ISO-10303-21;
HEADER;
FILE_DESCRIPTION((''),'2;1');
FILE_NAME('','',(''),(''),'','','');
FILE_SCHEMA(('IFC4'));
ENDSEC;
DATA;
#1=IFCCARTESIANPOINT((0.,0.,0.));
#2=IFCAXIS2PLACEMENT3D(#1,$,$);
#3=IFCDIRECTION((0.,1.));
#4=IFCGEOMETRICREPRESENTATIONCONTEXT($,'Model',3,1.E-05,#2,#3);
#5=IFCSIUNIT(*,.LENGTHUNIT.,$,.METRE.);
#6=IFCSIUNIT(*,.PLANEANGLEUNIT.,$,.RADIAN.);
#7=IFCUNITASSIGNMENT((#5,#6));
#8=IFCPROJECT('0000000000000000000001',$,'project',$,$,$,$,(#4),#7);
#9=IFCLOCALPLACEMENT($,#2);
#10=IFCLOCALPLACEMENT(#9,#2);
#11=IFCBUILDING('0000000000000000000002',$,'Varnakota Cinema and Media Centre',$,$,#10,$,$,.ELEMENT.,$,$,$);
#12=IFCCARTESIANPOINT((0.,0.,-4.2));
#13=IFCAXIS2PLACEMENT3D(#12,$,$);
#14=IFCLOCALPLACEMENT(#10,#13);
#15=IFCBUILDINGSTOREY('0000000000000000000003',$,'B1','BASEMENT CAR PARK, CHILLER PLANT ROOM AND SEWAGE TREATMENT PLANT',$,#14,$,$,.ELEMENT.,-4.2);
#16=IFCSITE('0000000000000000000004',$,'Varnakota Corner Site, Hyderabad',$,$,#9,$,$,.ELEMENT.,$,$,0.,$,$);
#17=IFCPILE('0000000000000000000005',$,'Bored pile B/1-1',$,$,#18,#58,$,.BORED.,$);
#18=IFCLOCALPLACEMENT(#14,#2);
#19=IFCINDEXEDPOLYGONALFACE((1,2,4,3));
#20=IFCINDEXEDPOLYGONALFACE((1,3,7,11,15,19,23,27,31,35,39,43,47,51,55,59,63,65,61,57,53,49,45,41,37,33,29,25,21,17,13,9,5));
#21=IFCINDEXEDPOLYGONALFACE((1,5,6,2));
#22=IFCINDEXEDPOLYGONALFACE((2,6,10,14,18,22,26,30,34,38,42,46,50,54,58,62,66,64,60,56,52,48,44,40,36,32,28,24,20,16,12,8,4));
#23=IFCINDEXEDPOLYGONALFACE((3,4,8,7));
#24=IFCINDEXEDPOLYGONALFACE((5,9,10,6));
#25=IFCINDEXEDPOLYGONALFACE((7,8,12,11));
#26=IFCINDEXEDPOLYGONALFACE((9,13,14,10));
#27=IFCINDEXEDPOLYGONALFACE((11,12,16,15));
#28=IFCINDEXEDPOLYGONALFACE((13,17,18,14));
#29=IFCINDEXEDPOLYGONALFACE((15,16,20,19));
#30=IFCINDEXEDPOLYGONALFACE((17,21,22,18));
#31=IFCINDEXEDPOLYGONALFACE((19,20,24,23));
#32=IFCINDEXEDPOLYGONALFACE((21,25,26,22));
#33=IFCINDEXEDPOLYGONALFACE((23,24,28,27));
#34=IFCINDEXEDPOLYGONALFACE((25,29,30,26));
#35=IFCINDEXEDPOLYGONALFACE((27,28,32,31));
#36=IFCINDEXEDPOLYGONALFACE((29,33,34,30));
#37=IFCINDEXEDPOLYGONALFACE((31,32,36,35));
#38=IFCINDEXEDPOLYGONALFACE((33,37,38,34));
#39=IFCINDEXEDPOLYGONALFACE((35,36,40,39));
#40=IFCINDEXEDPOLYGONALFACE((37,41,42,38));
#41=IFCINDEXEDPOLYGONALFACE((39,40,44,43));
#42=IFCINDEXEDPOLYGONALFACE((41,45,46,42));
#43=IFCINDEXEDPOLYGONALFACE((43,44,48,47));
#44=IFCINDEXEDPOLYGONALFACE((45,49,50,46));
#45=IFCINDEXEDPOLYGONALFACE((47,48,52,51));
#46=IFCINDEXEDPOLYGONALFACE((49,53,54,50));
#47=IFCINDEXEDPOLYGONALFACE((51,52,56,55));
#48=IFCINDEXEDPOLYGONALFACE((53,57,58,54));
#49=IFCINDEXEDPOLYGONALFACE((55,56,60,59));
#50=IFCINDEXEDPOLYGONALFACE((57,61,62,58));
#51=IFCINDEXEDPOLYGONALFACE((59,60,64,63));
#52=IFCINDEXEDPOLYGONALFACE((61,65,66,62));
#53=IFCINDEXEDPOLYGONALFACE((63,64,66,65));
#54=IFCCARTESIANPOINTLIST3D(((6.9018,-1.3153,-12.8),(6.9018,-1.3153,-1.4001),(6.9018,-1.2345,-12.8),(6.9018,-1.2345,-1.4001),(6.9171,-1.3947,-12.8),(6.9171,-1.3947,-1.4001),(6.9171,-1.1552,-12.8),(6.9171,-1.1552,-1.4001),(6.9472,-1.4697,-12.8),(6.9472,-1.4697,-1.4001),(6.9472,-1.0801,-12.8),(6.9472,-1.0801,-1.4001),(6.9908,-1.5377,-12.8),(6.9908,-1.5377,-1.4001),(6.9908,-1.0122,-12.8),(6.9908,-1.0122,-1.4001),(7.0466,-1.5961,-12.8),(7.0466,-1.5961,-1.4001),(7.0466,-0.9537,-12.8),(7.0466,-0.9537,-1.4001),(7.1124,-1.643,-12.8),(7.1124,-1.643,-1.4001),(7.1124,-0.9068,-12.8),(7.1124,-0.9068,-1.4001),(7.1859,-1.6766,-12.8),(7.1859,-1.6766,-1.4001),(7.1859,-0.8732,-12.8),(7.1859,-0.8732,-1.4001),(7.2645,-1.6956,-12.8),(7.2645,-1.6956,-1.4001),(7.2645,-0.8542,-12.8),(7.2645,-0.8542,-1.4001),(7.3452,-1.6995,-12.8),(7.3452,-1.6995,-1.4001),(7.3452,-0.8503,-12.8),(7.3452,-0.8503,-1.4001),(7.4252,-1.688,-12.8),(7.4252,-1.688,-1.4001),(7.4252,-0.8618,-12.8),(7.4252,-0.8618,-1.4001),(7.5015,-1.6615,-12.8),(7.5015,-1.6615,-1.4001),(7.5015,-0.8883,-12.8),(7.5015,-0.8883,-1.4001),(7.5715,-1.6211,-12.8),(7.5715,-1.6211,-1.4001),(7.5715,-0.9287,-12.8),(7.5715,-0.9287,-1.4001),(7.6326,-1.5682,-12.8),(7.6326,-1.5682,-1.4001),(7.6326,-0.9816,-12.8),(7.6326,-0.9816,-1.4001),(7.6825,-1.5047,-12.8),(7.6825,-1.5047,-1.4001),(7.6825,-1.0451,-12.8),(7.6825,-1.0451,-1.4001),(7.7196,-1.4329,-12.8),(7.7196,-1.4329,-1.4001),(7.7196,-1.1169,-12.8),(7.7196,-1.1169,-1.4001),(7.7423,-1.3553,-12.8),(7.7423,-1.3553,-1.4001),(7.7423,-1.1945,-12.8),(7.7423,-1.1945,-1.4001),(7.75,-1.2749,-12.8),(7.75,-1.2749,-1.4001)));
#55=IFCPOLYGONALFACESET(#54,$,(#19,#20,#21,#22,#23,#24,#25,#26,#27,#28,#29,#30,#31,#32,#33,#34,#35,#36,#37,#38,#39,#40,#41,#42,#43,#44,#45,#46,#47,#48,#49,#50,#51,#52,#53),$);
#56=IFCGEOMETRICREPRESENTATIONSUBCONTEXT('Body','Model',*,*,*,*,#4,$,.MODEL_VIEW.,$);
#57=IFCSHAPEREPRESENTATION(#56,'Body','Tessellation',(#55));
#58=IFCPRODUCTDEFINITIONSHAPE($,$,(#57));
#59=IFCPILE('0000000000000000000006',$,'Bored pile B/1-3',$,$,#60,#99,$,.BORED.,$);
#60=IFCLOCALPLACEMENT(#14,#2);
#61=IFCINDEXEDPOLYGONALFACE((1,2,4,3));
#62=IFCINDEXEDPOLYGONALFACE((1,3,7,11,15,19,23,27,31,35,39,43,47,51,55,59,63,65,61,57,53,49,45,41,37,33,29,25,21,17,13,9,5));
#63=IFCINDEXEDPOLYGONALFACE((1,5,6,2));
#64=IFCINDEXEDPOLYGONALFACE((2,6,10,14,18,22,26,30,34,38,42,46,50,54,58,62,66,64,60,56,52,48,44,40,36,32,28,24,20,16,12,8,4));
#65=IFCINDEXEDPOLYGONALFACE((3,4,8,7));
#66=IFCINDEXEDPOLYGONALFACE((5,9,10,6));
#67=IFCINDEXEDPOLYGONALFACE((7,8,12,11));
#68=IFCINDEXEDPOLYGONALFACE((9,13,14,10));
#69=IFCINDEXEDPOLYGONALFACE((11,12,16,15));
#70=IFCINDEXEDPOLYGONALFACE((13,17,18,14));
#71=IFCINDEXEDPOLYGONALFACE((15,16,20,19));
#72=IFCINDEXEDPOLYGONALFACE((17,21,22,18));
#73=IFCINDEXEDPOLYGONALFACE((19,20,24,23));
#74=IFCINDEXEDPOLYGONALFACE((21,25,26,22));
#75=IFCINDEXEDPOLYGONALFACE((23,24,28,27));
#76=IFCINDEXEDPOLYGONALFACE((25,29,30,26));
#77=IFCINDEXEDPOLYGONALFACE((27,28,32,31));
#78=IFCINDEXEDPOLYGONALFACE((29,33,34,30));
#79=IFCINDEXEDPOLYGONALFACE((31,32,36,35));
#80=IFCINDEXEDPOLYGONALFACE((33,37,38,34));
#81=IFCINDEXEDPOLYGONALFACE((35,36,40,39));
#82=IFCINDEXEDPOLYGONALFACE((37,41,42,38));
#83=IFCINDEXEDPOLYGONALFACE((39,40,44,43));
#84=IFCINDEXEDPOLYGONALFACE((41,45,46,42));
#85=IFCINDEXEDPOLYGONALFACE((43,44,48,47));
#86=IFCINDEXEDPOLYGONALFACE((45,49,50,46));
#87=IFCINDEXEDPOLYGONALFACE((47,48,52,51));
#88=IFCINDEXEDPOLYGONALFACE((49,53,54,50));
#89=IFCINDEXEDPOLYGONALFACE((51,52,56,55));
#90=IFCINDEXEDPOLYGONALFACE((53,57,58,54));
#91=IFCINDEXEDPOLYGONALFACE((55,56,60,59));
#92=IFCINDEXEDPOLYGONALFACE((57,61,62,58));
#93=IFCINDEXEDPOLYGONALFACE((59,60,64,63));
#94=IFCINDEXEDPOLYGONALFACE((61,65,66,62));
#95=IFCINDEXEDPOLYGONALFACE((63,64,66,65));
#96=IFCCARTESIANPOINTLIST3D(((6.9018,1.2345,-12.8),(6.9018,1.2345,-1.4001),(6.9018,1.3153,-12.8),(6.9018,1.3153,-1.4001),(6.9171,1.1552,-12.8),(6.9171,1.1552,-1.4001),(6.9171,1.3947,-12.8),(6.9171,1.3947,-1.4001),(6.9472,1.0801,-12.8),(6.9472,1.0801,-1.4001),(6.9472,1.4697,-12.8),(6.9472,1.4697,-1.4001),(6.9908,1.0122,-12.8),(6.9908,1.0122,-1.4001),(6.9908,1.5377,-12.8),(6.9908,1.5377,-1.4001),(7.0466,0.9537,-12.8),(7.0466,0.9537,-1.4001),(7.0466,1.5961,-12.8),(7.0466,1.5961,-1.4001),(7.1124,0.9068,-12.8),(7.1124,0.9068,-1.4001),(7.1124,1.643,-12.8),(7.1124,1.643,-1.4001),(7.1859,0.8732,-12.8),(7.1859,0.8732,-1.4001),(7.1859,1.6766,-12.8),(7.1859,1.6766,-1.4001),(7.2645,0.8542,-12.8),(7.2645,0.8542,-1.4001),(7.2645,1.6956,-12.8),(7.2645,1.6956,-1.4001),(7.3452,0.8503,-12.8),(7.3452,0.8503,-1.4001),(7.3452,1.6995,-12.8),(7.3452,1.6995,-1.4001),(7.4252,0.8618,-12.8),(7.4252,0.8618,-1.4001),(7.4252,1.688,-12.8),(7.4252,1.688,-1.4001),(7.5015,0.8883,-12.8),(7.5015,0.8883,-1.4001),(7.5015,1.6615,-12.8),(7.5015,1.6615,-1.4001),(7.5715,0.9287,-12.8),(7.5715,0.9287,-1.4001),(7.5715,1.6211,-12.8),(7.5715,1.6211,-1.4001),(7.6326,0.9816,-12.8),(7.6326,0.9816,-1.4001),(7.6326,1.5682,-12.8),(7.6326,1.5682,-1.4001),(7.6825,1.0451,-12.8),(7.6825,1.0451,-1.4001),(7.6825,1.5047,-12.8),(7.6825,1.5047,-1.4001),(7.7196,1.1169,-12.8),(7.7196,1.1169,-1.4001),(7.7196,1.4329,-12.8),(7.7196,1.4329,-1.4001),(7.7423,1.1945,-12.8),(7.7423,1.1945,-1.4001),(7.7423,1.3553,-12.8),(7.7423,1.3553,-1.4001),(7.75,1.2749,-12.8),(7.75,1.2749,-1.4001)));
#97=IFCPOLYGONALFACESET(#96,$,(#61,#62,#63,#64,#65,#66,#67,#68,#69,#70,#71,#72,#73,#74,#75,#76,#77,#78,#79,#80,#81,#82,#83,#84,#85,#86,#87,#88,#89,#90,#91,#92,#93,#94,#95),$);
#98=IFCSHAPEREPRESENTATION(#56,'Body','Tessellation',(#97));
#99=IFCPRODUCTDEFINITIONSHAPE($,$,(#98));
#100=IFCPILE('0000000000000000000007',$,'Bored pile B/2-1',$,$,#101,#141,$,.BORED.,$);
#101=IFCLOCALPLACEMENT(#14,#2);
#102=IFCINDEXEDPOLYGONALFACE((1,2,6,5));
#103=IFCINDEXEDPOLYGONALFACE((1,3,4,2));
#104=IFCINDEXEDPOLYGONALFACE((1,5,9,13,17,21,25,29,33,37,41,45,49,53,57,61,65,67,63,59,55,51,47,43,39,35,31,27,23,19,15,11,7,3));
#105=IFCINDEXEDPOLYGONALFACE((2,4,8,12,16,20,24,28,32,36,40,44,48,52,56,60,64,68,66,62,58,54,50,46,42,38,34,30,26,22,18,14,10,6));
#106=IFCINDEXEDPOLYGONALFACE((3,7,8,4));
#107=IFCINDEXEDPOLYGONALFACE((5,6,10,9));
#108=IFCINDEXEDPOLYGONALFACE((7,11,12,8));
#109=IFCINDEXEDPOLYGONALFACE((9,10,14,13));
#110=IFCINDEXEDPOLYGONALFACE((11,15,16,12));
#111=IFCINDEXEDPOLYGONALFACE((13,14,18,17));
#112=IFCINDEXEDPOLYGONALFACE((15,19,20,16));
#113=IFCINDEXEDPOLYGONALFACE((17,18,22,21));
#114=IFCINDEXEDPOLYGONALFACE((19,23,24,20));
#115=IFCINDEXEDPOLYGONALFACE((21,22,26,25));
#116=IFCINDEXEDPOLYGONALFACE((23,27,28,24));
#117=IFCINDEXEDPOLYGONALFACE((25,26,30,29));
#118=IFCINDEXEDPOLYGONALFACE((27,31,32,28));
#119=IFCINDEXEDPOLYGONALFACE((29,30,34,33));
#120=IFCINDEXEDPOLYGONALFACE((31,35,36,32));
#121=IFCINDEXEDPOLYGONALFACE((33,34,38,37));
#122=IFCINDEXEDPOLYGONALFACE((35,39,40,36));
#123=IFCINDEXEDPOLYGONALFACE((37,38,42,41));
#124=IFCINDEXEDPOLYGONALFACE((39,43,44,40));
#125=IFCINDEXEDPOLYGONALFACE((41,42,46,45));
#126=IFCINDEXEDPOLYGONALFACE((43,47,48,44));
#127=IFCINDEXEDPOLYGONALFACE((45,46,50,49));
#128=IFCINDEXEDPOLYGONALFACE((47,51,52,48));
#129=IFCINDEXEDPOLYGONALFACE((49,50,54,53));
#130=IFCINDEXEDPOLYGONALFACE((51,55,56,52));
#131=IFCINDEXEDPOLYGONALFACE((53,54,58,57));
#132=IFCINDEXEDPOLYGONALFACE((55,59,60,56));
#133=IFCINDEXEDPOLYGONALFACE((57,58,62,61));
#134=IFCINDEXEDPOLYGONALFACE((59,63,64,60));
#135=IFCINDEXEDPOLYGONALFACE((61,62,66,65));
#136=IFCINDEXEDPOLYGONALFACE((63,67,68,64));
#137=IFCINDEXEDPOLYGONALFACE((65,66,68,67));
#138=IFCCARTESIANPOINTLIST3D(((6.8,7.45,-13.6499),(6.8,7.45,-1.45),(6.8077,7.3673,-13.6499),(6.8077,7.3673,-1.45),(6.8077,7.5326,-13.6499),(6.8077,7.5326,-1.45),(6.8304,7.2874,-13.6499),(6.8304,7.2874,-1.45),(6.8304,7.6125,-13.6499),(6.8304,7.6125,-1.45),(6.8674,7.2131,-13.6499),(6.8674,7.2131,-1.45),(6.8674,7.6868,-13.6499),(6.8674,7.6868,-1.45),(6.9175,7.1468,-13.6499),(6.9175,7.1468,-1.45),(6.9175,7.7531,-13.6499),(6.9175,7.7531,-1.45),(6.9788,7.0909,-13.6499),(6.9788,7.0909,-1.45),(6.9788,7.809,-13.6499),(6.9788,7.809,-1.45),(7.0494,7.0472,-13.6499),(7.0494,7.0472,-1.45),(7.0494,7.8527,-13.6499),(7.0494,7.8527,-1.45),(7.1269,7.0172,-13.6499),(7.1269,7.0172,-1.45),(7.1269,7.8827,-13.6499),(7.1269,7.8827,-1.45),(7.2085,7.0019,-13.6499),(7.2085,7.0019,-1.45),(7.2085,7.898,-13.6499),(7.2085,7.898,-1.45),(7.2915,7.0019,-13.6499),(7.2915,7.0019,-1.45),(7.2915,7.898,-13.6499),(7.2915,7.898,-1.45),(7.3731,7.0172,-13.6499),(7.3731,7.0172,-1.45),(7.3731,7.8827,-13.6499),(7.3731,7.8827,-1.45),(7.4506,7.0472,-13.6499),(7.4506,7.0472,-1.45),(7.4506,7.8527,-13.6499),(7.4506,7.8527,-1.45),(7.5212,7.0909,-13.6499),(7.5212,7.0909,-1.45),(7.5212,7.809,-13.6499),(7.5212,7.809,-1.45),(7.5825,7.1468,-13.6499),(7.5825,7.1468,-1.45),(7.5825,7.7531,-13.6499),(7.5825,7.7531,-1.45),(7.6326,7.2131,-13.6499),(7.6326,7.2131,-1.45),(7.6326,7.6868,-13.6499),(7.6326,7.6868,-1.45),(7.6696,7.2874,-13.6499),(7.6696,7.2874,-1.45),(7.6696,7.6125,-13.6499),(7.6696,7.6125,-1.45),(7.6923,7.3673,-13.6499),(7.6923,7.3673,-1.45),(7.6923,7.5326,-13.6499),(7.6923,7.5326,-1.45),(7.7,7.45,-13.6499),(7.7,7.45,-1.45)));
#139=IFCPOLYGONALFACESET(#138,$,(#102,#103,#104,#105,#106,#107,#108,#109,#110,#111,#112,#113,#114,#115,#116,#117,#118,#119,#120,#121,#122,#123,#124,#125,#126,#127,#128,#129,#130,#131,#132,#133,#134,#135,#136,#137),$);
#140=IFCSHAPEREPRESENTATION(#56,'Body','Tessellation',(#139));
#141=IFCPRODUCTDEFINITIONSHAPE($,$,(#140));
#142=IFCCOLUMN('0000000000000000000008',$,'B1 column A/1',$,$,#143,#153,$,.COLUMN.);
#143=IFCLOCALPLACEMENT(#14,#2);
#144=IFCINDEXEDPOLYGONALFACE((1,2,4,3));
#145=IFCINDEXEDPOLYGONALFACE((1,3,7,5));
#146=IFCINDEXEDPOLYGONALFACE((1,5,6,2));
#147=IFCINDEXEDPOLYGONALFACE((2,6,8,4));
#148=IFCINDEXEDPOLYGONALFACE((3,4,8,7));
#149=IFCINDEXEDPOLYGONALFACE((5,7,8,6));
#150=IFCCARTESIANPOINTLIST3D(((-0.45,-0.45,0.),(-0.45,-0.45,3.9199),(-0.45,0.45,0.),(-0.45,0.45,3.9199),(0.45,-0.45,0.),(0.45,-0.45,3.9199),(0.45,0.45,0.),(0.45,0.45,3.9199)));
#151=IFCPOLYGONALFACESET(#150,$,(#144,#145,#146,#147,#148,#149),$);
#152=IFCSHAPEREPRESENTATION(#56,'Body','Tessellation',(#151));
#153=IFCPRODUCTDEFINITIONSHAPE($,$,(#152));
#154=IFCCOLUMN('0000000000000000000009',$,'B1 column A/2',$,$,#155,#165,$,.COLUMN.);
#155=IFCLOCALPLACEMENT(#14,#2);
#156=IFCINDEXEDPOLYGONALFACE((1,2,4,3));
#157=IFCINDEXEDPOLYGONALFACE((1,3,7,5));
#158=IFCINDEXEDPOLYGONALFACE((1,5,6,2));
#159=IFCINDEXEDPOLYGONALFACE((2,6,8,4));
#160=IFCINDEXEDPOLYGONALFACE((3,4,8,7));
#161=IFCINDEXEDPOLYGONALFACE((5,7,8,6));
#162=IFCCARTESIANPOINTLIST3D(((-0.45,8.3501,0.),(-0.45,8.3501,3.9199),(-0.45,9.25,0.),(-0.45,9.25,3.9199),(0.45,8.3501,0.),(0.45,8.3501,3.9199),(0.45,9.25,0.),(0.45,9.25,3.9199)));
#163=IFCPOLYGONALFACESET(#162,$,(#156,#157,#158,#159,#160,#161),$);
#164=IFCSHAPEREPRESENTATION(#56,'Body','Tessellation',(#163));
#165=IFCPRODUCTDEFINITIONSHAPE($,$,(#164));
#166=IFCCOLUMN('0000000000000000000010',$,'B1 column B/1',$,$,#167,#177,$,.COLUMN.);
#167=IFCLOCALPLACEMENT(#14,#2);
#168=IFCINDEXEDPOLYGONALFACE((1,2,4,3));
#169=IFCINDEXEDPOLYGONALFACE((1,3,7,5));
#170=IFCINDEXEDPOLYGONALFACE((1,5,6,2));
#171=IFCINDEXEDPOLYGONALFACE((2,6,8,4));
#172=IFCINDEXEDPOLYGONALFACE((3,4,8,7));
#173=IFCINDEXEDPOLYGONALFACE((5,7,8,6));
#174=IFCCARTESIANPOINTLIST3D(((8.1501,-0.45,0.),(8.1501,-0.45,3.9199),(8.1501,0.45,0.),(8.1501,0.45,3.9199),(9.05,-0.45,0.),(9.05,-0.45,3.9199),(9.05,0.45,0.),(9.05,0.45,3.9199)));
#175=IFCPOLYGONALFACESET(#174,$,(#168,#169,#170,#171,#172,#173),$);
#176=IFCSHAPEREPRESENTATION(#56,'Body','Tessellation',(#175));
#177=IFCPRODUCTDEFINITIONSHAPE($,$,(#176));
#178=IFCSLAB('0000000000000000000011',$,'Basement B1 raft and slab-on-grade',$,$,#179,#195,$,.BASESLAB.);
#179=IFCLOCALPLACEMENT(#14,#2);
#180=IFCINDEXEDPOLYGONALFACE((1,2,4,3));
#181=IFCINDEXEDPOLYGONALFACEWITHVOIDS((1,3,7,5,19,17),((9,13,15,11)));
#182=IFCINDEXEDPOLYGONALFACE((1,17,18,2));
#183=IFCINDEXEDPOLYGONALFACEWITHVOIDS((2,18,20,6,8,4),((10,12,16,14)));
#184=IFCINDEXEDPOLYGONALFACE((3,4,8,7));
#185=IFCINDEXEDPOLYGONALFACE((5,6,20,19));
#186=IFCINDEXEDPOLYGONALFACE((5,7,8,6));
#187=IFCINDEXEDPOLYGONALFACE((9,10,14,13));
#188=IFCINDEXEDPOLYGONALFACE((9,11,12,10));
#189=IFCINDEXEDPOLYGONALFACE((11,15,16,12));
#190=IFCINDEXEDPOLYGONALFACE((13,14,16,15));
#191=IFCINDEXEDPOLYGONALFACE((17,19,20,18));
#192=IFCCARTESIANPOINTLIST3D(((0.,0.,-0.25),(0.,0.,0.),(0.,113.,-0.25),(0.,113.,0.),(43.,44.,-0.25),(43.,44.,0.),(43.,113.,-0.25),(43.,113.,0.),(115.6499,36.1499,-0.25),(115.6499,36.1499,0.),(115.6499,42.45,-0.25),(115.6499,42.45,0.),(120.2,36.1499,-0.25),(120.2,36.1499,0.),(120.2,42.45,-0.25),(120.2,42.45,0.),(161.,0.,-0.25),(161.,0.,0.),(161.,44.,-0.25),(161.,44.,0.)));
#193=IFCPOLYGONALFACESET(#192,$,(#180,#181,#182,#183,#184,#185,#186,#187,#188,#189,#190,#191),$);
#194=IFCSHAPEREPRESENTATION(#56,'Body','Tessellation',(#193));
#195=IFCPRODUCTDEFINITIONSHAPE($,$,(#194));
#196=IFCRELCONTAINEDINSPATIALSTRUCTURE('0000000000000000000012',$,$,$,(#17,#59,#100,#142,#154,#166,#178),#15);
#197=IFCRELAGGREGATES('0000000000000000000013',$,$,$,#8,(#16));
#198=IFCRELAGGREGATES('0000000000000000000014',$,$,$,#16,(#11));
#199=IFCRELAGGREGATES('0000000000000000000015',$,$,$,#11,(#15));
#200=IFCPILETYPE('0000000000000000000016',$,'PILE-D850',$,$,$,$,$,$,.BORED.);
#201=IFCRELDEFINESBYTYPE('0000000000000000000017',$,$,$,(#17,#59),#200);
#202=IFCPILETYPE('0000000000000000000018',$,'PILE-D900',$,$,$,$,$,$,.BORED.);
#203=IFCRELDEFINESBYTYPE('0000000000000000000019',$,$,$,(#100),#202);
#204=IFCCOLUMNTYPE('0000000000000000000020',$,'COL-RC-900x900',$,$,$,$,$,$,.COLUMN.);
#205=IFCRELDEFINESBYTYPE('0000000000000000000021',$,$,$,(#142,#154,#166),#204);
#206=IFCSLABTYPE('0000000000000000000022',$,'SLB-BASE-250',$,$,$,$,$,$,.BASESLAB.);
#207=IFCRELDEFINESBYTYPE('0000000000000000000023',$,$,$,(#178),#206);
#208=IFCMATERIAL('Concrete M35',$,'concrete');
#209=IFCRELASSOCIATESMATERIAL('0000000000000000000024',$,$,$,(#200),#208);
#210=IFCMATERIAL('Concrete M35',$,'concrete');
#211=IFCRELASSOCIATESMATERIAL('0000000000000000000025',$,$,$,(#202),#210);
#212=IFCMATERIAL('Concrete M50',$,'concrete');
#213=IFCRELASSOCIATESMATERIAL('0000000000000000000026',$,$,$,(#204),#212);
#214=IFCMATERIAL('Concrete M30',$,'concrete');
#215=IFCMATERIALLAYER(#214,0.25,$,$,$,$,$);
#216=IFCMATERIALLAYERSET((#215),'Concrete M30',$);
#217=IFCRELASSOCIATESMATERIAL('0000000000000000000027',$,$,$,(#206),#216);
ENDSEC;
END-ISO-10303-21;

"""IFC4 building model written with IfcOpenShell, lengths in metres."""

from ifc_helpers import new_model, si_unit, direction, frame, origin, origin_2d, place, context, subcontext, project, spatial, polyline, rectangle, circle, outline, extrude, material, layer, layer_set, material_profile, profile_set, type_object, element, save


model = new_model("IFC4")

# Units and contexts
model_context = context("Model", 3, precision=1e-05, world=origin(), true_north=direction((0.0, 1.0)))
body_context = subcontext(model_context, "Body", "Model", "MODEL_VIEW")
ifc_project = project(units=[si_unit("LENGTHUNIT", "METRE"), si_unit("PLANEANGLEUNIT", "RADIAN")], contexts=[model_context])

# Site, building, storey
site_placement = place(None, origin())
site = spatial("IfcSite", under=ifc_project, at=site_placement, Name="Varnakota Corner Site, Hyderabad", CompositionType="ELEMENT", RefElevation=0.0)
building_placement = place(site_placement, origin())
building = spatial("IfcBuilding", under=site, at=building_placement, Name="Varnakota Cinema and Media Centre", CompositionType="ELEMENT")
storey_placement = place(building_placement, frame((0.0, 0.0, -4.2)))
storey = spatial("IfcBuildingStorey", under=building, at=storey_placement, Name="B1", Description="BASEMENT CAR PARK, CHILLER PLANT ROOM AND SEWAGE TREATMENT PLANT", CompositionType="ELEMENT", Elevation=-4.2)

# Piles
ifc_material_1 = material(Name="Concrete M35", Category="concrete")
ifc_material_profile_1 = material_profile(ifc_material_1, circle(Radius=0.425, at=origin_2d()), Name="PILE D850")
ifc_profile_set_1 = profile_set([ifc_material_profile_1], Name="Concrete M35")
pile_type_1 = type_object("IfcPileType", Name="PILE-D850", PredefinedType="BORED", material=ifc_profile_set_1)
for number, where, z_axis, x_axis, name in (
    (1, (7.325, -1.2749, -1.4001), (0.0, 0.0, -1.0), (1.0, 0.0, 0.0), "Bored pile B/1-1"),
    (2, (7.325, 1.2749, -1.4001), (0.0, 0.0, -1.0), (1.0, 0.0, 0.0), "Bored pile B/1-3"),
):
    element("IfcPile", number, at=place(storey_placement, frame(where, z_axis=z_axis, x_axis=x_axis)), inside=storey, type_object=pile_type_1, Name=name, PredefinedType="BORED", context=body_context, shape_type="SweptSolid", body=[
        extrude(circle(Radius=0.425, at=origin_2d()), origin(), (0.0, 0.0, 1.0), 11.3999),
    ])
ifc_material_2 = material(Name="Concrete M35", Category="concrete")
ifc_material_profile_2 = material_profile(ifc_material_2, circle(Radius=0.45, at=origin_2d()), Name="PILE D900")
ifc_profile_set_2 = profile_set([ifc_material_profile_2], Name="Concrete M35")
pile_type_2 = type_object("IfcPileType", Name="PILE-D900", PredefinedType="BORED", material=ifc_profile_set_2)
pile_placement = place(storey_placement, frame((7.25, 7.45, -1.45), z_axis=(0.0, 0.0, -1.0), x_axis=(1.0, 0.0, 0.0)))
element("IfcPile", 3, at=pile_placement, inside=storey, type_object=pile_type_2, Name="Bored pile B/2-1", PredefinedType="BORED", context=body_context, shape_type="SweptSolid", body=[
    extrude(circle(Radius=0.45, at=origin_2d()), origin(), (0.0, 0.0, 1.0), 12.2),
])

# Columns
ifc_material_3 = material(Name="Concrete M50", Category="concrete")
ifc_material_profile_3 = material_profile(ifc_material_3, rectangle(XDim=0.8999, YDim=0.8999, at=origin_2d()), Name="RC 900x900")
ifc_profile_set_3 = profile_set([ifc_material_profile_3], Name="Concrete M50")
column_type = type_object("IfcColumnType", Name="COL-RC-900x900", PredefinedType="COLUMN", material=ifc_profile_set_3)
for number, where, z_axis, x_axis, name in (
    (4, (0.0, 0.0, 0.0), (0.0, 0.0, 1.0), (1.0, 0.0, 0.0), "B1 column A/1"),
    (5, (0.0, 8.8, 0.0), (0.0, 0.0, 1.0), (1.0, 0.0, 0.0), "B1 column A/2"),
    (6, (8.6001, 0.0, 0.0), (0.0, 0.0, 1.0), (1.0, 0.0, 0.0), "B1 column B/1"),
):
    element("IfcColumn", number, at=place(storey_placement, frame(where, z_axis=z_axis, x_axis=x_axis)), inside=storey, type_object=column_type, Name=name, PredefinedType="COLUMN", context=body_context, shape_type="SweptSolid", body=[
        extrude(rectangle(XDim=0.8999, YDim=0.8999, at=origin_2d()), origin(), (0.0, 0.0, 1.0), 3.9199),
    ])

# Slab
ifc_material_4 = material(Name="Concrete M30", Category="concrete")
ifc_layer_1 = layer(ifc_material_4, 0.25)
ifc_layer_set_1 = layer_set([ifc_layer_1], Name="Concrete M30")
slab_type_1 = type_object("IfcSlabType", Name="SLB-BASE-250", PredefinedType="BASESLAB", material=ifc_layer_set_1)
slab_1_placement = place(storey_placement, frame((0.0, 0.0, -0.25)))
element("IfcSlab", 7, at=slab_1_placement, inside=storey, type_object=slab_type_1, Name="Basement B1 raft and slab-on-grade", PredefinedType="BASESLAB", context=body_context, shape_type="SweptSolid", body=[
    extrude(outline(polyline([(0.0, 0.0), (161.0, 0.0), (161.0, 44.0), (43.0, 44.0), (43.0, 113.0), (0.0, 113.0), (0.0, 0.0)]), holes=[polyline([(115.6499, 36.1499), (120.2, 36.1499), (120.2, 42.45), (115.6499, 42.45), (115.6499, 36.1499)])]), origin(), (0.0, 0.0, 1.0), 0.25),
])

save(model, "model.ifc")
